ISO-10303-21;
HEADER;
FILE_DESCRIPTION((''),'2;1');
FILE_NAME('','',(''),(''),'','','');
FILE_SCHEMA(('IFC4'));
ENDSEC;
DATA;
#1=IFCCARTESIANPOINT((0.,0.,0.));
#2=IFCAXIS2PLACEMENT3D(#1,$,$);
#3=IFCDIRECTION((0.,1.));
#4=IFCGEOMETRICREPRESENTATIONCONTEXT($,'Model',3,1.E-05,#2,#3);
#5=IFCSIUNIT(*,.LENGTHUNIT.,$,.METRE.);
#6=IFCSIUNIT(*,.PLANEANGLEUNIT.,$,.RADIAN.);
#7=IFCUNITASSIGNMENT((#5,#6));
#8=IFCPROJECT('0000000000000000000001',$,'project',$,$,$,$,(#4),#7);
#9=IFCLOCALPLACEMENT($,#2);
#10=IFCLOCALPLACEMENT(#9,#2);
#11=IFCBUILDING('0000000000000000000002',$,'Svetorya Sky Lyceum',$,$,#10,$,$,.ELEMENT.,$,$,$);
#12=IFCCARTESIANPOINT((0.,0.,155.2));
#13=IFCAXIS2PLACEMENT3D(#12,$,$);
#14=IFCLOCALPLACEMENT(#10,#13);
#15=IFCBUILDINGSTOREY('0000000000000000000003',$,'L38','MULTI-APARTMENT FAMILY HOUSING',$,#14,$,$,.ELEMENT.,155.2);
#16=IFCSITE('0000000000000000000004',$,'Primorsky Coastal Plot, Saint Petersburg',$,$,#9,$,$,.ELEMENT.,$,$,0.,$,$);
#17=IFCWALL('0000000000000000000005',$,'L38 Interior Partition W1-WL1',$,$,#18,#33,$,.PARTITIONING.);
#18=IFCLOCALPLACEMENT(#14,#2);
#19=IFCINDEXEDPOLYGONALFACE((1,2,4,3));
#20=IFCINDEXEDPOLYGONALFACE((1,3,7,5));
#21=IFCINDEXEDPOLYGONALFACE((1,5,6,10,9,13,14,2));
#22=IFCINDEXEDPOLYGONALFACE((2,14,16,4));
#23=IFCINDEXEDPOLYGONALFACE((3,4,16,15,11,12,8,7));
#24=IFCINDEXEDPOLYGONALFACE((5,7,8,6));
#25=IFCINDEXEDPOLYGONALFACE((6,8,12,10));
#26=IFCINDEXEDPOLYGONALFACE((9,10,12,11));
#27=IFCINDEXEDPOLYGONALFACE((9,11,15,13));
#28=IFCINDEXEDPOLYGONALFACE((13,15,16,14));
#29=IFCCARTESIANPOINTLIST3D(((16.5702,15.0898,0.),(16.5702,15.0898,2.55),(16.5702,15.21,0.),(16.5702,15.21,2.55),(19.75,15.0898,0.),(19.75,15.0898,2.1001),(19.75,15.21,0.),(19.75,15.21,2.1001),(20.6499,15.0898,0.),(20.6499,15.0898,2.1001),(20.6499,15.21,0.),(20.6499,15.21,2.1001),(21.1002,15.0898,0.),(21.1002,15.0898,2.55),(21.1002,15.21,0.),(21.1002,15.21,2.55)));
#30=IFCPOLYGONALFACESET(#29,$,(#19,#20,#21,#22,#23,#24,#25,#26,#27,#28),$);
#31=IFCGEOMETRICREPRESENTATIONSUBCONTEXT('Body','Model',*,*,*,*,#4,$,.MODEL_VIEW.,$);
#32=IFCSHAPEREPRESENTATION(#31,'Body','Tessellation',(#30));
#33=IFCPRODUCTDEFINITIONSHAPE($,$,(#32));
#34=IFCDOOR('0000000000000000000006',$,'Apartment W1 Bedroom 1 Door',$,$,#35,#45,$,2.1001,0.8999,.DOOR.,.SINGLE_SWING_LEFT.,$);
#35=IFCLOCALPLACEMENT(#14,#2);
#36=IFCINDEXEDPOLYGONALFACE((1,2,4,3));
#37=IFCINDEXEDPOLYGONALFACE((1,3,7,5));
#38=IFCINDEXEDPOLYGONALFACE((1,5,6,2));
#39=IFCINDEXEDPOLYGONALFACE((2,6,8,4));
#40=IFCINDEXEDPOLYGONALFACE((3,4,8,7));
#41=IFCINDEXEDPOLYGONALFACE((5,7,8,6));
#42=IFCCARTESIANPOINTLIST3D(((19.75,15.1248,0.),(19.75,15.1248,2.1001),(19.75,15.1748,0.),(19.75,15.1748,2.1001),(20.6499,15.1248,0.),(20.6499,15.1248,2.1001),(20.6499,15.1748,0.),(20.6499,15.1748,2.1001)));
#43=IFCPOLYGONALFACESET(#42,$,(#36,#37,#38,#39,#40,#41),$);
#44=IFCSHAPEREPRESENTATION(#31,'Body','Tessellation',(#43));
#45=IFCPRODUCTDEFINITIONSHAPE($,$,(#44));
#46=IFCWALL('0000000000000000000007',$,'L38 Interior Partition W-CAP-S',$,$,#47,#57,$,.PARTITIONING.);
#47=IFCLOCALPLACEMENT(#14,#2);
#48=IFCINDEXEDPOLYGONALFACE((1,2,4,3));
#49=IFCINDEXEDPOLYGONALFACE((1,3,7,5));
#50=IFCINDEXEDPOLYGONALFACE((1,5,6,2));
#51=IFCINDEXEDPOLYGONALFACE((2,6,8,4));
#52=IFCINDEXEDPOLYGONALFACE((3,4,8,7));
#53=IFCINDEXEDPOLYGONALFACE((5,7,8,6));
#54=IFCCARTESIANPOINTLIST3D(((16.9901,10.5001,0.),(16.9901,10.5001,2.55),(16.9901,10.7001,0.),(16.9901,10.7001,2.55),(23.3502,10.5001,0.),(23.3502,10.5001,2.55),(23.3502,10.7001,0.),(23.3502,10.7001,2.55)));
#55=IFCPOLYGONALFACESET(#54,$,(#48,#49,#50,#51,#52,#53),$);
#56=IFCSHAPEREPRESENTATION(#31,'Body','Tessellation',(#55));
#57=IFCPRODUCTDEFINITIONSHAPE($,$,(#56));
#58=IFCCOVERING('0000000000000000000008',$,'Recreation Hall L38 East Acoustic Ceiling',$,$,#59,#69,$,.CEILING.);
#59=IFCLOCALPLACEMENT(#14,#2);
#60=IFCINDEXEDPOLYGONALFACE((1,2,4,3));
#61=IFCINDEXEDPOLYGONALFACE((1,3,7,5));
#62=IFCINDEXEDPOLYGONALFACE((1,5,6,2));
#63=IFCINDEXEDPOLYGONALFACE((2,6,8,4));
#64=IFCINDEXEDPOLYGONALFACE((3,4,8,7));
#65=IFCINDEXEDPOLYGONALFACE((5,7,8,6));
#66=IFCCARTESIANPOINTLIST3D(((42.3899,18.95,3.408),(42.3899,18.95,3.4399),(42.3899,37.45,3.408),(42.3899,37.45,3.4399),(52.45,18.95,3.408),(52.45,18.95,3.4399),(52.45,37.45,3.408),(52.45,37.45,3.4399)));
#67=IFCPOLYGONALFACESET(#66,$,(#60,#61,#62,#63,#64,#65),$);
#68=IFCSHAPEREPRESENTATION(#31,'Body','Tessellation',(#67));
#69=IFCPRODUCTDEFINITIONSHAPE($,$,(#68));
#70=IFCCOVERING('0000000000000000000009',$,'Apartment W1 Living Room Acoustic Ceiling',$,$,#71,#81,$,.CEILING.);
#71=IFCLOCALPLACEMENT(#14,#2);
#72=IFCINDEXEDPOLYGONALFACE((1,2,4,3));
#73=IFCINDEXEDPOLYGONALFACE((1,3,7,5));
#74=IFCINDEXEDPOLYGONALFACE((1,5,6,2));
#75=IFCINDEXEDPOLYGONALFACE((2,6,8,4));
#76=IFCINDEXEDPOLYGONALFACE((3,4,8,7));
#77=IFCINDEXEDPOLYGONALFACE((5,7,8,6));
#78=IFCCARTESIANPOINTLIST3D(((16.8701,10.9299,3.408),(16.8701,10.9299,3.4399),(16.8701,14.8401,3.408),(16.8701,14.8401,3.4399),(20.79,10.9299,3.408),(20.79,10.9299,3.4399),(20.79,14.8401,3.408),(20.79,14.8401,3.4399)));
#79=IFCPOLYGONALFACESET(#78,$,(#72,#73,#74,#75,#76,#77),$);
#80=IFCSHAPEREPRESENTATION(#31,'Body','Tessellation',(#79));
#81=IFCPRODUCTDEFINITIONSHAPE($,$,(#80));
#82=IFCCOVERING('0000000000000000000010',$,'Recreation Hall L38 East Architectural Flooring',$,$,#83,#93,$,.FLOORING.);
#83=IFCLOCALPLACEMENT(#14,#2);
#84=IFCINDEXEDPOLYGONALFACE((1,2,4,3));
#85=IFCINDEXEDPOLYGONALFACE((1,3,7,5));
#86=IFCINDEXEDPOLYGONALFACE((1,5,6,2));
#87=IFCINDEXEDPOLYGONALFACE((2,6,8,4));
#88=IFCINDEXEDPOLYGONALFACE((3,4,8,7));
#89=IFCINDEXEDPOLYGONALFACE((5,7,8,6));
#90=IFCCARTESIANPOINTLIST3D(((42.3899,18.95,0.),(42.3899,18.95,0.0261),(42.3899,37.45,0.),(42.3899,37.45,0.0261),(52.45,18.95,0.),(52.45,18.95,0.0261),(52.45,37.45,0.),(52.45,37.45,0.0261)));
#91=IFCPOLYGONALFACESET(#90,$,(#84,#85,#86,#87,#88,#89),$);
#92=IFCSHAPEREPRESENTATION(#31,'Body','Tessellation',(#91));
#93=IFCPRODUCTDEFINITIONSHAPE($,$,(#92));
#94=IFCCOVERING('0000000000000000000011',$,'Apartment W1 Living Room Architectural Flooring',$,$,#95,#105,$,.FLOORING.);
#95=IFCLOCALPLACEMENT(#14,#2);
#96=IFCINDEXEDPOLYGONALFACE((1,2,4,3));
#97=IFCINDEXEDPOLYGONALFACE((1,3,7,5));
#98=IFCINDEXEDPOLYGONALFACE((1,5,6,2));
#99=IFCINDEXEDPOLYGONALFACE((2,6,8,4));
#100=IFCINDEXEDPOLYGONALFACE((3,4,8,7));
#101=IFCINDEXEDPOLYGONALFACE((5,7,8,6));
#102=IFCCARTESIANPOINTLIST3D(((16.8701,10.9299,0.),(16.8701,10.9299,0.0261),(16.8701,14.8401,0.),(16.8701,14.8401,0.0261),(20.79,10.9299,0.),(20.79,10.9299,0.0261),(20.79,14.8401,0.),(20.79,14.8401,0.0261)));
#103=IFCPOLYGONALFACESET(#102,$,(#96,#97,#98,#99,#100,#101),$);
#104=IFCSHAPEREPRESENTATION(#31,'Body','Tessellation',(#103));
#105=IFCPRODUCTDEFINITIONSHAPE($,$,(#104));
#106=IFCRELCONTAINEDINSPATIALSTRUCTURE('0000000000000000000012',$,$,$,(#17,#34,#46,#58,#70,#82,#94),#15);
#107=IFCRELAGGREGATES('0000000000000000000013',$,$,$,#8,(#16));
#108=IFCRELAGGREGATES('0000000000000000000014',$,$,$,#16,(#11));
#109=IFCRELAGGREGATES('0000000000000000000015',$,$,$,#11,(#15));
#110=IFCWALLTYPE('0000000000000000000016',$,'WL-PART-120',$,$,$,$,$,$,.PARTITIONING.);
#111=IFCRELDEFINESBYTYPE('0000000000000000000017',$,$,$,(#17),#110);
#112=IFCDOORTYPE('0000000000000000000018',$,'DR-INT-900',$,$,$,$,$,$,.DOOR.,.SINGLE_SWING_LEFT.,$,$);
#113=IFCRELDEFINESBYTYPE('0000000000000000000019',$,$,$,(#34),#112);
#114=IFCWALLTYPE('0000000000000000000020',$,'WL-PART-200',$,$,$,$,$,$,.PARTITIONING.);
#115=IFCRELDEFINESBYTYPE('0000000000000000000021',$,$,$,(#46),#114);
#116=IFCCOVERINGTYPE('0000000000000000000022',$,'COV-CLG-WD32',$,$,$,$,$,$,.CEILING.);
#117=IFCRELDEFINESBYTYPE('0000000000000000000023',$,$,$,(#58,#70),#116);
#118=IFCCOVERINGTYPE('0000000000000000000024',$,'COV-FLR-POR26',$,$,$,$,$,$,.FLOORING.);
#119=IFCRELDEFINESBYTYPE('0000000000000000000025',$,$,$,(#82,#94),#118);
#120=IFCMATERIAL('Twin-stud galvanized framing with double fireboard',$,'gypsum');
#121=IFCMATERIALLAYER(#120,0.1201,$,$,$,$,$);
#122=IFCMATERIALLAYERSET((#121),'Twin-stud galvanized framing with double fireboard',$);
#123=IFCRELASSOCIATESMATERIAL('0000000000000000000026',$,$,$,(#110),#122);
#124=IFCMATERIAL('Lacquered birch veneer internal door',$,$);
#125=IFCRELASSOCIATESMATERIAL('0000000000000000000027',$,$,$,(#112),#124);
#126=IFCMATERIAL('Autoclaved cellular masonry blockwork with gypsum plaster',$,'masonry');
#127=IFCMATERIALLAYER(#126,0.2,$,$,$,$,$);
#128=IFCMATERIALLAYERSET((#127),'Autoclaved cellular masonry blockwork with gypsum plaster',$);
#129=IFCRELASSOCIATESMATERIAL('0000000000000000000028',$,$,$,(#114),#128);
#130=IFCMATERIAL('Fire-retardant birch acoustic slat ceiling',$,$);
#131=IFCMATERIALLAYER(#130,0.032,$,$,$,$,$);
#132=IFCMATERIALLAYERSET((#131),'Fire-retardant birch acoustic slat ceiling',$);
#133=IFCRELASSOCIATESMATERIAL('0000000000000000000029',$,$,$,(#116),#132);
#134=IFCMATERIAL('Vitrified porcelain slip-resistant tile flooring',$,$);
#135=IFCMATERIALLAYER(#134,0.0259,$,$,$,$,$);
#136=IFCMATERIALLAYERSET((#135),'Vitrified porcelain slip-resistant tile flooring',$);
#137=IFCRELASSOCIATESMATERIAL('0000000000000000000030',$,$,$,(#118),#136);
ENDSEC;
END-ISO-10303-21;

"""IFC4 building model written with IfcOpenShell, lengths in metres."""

from ifc_helpers import new_model, si_unit, direction, frame, frame_2d, origin, place, context, subcontext, project, spatial, polyline, rectangle, outline, extrude, material, layer, layer_set, type_object, element, fill, save


model = new_model("IFC4")

# Units and contexts
model_context = context("Model", 3, precision=1e-05, world=origin(), true_north=direction((0.0, 1.0)))
body_context = subcontext(model_context, "Body", "Model", "MODEL_VIEW")
ifc_project = project(units=[si_unit("LENGTHUNIT", "METRE"), si_unit("PLANEANGLEUNIT", "RADIAN")], contexts=[model_context])

# Site, building, storey
site_placement = place(None, origin())
site = spatial("IfcSite", under=ifc_project, at=site_placement, Name="Primorsky Coastal Plot, Saint Petersburg", CompositionType="ELEMENT", RefElevation=0.0)
building_placement = place(site_placement, origin())
building = spatial("IfcBuilding", under=site, at=building_placement, Name="Svetorya Sky Lyceum", CompositionType="ELEMENT")
storey_placement = place(building_placement, frame((0.0, 0.0, 155.2)))
storey = spatial("IfcBuildingStorey", under=building, at=storey_placement, Name="L38", Description="MULTI-APARTMENT FAMILY HOUSING", CompositionType="ELEMENT", Elevation=155.2)

# Wall, opening, door
ifc_material_1 = material(Name="Twin-stud galvanized framing with double fireboard", Category="gypsum")
ifc_layer_1 = layer(ifc_material_1, 0.1201)
ifc_layer_set_1 = layer_set([ifc_layer_1], Name="Twin-stud galvanized framing with double fireboard")
wall_type_1 = type_object("IfcWallType", Name="WL-PART-120", PredefinedType="PARTITIONING", material=ifc_layer_set_1)
wall_1_placement = place(storey_placement, frame((16.5701, 15.1499, 0.0), z_axis=(0.0, 0.0, 1.0), x_axis=(1.0, 0.0, 0.0)))
wall_1 = element("IfcWall", 1, at=wall_1_placement, inside=storey, type_object=wall_type_1, Name="L38 Interior Partition W1-WL1", PredefinedType="PARTITIONING", context=body_context, shape_type="SweptSolid", body=[
    extrude(rectangle(XDim=4.53, YDim=0.1201, at=frame_2d((2.2651, 0.0))), origin(), (0.0, 0.0, 1.0), 2.55),
])
opening_placement = place(wall_1_placement, frame((3.1799, 0.0, 0.0)))
opening = element("IfcOpeningElement", 2, at=opening_placement, cuts=wall_1, PredefinedType="OPENING", context=body_context, shape_type="SweptSolid", body=[
    extrude(rectangle(XDim=0.8999, YDim=2.1001, at=frame_2d((0.45, 1.05))), frame((0.0, 0.0701, 0.0), z_axis=(0.0, -1.0, 0.0), x_axis=(1.0, 0.0, 0.0)), (0.0, 0.0, 1.0), 0.1401),
])
ifc_material_2 = material(Name="Lacquered birch veneer internal door")
door_type = type_object("IfcDoorType", Name="DR-INT-900", OperationType="SINGLE_SWING_LEFT", PredefinedType="DOOR", material=ifc_material_2)
door_placement = place(opening_placement, origin())
door = element("IfcDoor", 3, at=door_placement, inside=storey, type_object=door_type, Name="Apartment W1 Bedroom 1 Door", OperationType="SINGLE_SWING_LEFT", OverallHeight=2.1001, OverallWidth=0.8999, PredefinedType="DOOR", context=body_context, shape_type="SweptSolid", body=[
    extrude(rectangle(XDim=0.8999, YDim=2.1001, at=frame_2d((0.45, 1.05))), frame((0.0, 0.0249, 0.0), z_axis=(0.0, -1.0, 0.0), x_axis=(1.0, 0.0, 0.0)), (0.0, 0.0, 1.0), 0.05),
])
fill(opening, door)

# Wall
ifc_material_3 = material(Name="Autoclaved cellular masonry blockwork with gypsum plaster", Category="masonry")
ifc_layer_2 = layer(ifc_material_3, 0.2)
ifc_layer_set_2 = layer_set([ifc_layer_2], Name="Autoclaved cellular masonry blockwork with gypsum plaster")
wall_type_2 = type_object("IfcWallType", Name="WL-PART-200", PredefinedType="PARTITIONING", material=ifc_layer_set_2)
wall_2_placement = place(storey_placement, frame((16.99, 10.6001, 0.0), z_axis=(0.0, 0.0, 1.0), x_axis=(1.0, 0.0, 0.0)))
element("IfcWall", 4, at=wall_2_placement, inside=storey, type_object=wall_type_2, Name="L38 Interior Partition W-CAP-S", PredefinedType="PARTITIONING", context=body_context, shape_type="SweptSolid", body=[
    extrude(rectangle(XDim=6.3601, YDim=0.2, at=frame_2d((3.1802, 0.0))), origin(), (0.0, 0.0, 1.0), 2.55),
])

# Coverings
ifc_material_4 = material(Name="Fire-retardant birch acoustic slat ceiling")
ifc_layer_3 = layer(ifc_material_4, 0.032)
ifc_layer_set_3 = layer_set([ifc_layer_3], Name="Fire-retardant birch acoustic slat ceiling")
covering_type_1 = type_object("IfcCoveringType", Name="COV-CLG-WD32", PredefinedType="CEILING", material=ifc_layer_set_3)
covering_1_placement = place(storey_placement, frame((0.0, 0.0, 3.408)))
element("IfcCovering", 5, at=covering_1_placement, inside=storey, type_object=covering_type_1, Name="Recreation Hall L38 East Acoustic Ceiling", PredefinedType="CEILING", context=body_context, shape_type="SweptSolid", body=[
    extrude(outline(polyline([(42.3899, 18.95), (52.45, 18.95), (52.45, 37.45), (42.3899, 37.45), (42.3899, 18.95)])), origin(), (0.0, 0.0, 1.0), 0.032),
])
covering_2_placement = place(storey_placement, frame((0.0, 0.0, 3.408)))
element("IfcCovering", 6, at=covering_2_placement, inside=storey, type_object=covering_type_1, Name="Apartment W1 Living Room Acoustic Ceiling", PredefinedType="CEILING", context=body_context, shape_type="SweptSolid", body=[
    extrude(outline(polyline([(16.8701, 10.9299), (20.79, 10.9299), (20.79, 14.8401), (16.8701, 14.8401), (16.8701, 10.9299)])), origin(), (0.0, 0.0, 1.0), 0.032),
])
ifc_material_5 = material(Name="Vitrified porcelain slip-resistant tile flooring")
ifc_layer_4 = layer(ifc_material_5, 0.0259)
ifc_layer_set_4 = layer_set([ifc_layer_4], Name="Vitrified porcelain slip-resistant tile flooring")
covering_type_2 = type_object("IfcCoveringType", Name="COV-FLR-POR26", PredefinedType="FLOORING", material=ifc_layer_set_4)
covering_3_placement = place(storey_placement, origin())
element("IfcCovering", 7, at=covering_3_placement, inside=storey, type_object=covering_type_2, Name="Recreation Hall L38 East Architectural Flooring", PredefinedType="FLOORING", context=body_context, shape_type="SweptSolid", body=[
    extrude(outline(polyline([(42.3899, 18.95), (52.45, 18.95), (52.45, 37.45), (42.3899, 37.45), (42.3899, 18.95)])), origin(), (0.0, 0.0, 1.0), 0.0261),
])
covering_4_placement = place(storey_placement, origin())
element("IfcCovering", 8, at=covering_4_placement, inside=storey, type_object=covering_type_2, Name="Apartment W1 Living Room Architectural Flooring", PredefinedType="FLOORING", context=body_context, shape_type="SweptSolid", body=[
    extrude(outline(polyline([(16.8701, 10.9299), (20.79, 10.9299), (20.79, 14.8401), (16.8701, 14.8401), (16.8701, 10.9299)])), origin(), (0.0, 0.0, 1.0), 0.0261),
])

save(model, "model.ifc")
